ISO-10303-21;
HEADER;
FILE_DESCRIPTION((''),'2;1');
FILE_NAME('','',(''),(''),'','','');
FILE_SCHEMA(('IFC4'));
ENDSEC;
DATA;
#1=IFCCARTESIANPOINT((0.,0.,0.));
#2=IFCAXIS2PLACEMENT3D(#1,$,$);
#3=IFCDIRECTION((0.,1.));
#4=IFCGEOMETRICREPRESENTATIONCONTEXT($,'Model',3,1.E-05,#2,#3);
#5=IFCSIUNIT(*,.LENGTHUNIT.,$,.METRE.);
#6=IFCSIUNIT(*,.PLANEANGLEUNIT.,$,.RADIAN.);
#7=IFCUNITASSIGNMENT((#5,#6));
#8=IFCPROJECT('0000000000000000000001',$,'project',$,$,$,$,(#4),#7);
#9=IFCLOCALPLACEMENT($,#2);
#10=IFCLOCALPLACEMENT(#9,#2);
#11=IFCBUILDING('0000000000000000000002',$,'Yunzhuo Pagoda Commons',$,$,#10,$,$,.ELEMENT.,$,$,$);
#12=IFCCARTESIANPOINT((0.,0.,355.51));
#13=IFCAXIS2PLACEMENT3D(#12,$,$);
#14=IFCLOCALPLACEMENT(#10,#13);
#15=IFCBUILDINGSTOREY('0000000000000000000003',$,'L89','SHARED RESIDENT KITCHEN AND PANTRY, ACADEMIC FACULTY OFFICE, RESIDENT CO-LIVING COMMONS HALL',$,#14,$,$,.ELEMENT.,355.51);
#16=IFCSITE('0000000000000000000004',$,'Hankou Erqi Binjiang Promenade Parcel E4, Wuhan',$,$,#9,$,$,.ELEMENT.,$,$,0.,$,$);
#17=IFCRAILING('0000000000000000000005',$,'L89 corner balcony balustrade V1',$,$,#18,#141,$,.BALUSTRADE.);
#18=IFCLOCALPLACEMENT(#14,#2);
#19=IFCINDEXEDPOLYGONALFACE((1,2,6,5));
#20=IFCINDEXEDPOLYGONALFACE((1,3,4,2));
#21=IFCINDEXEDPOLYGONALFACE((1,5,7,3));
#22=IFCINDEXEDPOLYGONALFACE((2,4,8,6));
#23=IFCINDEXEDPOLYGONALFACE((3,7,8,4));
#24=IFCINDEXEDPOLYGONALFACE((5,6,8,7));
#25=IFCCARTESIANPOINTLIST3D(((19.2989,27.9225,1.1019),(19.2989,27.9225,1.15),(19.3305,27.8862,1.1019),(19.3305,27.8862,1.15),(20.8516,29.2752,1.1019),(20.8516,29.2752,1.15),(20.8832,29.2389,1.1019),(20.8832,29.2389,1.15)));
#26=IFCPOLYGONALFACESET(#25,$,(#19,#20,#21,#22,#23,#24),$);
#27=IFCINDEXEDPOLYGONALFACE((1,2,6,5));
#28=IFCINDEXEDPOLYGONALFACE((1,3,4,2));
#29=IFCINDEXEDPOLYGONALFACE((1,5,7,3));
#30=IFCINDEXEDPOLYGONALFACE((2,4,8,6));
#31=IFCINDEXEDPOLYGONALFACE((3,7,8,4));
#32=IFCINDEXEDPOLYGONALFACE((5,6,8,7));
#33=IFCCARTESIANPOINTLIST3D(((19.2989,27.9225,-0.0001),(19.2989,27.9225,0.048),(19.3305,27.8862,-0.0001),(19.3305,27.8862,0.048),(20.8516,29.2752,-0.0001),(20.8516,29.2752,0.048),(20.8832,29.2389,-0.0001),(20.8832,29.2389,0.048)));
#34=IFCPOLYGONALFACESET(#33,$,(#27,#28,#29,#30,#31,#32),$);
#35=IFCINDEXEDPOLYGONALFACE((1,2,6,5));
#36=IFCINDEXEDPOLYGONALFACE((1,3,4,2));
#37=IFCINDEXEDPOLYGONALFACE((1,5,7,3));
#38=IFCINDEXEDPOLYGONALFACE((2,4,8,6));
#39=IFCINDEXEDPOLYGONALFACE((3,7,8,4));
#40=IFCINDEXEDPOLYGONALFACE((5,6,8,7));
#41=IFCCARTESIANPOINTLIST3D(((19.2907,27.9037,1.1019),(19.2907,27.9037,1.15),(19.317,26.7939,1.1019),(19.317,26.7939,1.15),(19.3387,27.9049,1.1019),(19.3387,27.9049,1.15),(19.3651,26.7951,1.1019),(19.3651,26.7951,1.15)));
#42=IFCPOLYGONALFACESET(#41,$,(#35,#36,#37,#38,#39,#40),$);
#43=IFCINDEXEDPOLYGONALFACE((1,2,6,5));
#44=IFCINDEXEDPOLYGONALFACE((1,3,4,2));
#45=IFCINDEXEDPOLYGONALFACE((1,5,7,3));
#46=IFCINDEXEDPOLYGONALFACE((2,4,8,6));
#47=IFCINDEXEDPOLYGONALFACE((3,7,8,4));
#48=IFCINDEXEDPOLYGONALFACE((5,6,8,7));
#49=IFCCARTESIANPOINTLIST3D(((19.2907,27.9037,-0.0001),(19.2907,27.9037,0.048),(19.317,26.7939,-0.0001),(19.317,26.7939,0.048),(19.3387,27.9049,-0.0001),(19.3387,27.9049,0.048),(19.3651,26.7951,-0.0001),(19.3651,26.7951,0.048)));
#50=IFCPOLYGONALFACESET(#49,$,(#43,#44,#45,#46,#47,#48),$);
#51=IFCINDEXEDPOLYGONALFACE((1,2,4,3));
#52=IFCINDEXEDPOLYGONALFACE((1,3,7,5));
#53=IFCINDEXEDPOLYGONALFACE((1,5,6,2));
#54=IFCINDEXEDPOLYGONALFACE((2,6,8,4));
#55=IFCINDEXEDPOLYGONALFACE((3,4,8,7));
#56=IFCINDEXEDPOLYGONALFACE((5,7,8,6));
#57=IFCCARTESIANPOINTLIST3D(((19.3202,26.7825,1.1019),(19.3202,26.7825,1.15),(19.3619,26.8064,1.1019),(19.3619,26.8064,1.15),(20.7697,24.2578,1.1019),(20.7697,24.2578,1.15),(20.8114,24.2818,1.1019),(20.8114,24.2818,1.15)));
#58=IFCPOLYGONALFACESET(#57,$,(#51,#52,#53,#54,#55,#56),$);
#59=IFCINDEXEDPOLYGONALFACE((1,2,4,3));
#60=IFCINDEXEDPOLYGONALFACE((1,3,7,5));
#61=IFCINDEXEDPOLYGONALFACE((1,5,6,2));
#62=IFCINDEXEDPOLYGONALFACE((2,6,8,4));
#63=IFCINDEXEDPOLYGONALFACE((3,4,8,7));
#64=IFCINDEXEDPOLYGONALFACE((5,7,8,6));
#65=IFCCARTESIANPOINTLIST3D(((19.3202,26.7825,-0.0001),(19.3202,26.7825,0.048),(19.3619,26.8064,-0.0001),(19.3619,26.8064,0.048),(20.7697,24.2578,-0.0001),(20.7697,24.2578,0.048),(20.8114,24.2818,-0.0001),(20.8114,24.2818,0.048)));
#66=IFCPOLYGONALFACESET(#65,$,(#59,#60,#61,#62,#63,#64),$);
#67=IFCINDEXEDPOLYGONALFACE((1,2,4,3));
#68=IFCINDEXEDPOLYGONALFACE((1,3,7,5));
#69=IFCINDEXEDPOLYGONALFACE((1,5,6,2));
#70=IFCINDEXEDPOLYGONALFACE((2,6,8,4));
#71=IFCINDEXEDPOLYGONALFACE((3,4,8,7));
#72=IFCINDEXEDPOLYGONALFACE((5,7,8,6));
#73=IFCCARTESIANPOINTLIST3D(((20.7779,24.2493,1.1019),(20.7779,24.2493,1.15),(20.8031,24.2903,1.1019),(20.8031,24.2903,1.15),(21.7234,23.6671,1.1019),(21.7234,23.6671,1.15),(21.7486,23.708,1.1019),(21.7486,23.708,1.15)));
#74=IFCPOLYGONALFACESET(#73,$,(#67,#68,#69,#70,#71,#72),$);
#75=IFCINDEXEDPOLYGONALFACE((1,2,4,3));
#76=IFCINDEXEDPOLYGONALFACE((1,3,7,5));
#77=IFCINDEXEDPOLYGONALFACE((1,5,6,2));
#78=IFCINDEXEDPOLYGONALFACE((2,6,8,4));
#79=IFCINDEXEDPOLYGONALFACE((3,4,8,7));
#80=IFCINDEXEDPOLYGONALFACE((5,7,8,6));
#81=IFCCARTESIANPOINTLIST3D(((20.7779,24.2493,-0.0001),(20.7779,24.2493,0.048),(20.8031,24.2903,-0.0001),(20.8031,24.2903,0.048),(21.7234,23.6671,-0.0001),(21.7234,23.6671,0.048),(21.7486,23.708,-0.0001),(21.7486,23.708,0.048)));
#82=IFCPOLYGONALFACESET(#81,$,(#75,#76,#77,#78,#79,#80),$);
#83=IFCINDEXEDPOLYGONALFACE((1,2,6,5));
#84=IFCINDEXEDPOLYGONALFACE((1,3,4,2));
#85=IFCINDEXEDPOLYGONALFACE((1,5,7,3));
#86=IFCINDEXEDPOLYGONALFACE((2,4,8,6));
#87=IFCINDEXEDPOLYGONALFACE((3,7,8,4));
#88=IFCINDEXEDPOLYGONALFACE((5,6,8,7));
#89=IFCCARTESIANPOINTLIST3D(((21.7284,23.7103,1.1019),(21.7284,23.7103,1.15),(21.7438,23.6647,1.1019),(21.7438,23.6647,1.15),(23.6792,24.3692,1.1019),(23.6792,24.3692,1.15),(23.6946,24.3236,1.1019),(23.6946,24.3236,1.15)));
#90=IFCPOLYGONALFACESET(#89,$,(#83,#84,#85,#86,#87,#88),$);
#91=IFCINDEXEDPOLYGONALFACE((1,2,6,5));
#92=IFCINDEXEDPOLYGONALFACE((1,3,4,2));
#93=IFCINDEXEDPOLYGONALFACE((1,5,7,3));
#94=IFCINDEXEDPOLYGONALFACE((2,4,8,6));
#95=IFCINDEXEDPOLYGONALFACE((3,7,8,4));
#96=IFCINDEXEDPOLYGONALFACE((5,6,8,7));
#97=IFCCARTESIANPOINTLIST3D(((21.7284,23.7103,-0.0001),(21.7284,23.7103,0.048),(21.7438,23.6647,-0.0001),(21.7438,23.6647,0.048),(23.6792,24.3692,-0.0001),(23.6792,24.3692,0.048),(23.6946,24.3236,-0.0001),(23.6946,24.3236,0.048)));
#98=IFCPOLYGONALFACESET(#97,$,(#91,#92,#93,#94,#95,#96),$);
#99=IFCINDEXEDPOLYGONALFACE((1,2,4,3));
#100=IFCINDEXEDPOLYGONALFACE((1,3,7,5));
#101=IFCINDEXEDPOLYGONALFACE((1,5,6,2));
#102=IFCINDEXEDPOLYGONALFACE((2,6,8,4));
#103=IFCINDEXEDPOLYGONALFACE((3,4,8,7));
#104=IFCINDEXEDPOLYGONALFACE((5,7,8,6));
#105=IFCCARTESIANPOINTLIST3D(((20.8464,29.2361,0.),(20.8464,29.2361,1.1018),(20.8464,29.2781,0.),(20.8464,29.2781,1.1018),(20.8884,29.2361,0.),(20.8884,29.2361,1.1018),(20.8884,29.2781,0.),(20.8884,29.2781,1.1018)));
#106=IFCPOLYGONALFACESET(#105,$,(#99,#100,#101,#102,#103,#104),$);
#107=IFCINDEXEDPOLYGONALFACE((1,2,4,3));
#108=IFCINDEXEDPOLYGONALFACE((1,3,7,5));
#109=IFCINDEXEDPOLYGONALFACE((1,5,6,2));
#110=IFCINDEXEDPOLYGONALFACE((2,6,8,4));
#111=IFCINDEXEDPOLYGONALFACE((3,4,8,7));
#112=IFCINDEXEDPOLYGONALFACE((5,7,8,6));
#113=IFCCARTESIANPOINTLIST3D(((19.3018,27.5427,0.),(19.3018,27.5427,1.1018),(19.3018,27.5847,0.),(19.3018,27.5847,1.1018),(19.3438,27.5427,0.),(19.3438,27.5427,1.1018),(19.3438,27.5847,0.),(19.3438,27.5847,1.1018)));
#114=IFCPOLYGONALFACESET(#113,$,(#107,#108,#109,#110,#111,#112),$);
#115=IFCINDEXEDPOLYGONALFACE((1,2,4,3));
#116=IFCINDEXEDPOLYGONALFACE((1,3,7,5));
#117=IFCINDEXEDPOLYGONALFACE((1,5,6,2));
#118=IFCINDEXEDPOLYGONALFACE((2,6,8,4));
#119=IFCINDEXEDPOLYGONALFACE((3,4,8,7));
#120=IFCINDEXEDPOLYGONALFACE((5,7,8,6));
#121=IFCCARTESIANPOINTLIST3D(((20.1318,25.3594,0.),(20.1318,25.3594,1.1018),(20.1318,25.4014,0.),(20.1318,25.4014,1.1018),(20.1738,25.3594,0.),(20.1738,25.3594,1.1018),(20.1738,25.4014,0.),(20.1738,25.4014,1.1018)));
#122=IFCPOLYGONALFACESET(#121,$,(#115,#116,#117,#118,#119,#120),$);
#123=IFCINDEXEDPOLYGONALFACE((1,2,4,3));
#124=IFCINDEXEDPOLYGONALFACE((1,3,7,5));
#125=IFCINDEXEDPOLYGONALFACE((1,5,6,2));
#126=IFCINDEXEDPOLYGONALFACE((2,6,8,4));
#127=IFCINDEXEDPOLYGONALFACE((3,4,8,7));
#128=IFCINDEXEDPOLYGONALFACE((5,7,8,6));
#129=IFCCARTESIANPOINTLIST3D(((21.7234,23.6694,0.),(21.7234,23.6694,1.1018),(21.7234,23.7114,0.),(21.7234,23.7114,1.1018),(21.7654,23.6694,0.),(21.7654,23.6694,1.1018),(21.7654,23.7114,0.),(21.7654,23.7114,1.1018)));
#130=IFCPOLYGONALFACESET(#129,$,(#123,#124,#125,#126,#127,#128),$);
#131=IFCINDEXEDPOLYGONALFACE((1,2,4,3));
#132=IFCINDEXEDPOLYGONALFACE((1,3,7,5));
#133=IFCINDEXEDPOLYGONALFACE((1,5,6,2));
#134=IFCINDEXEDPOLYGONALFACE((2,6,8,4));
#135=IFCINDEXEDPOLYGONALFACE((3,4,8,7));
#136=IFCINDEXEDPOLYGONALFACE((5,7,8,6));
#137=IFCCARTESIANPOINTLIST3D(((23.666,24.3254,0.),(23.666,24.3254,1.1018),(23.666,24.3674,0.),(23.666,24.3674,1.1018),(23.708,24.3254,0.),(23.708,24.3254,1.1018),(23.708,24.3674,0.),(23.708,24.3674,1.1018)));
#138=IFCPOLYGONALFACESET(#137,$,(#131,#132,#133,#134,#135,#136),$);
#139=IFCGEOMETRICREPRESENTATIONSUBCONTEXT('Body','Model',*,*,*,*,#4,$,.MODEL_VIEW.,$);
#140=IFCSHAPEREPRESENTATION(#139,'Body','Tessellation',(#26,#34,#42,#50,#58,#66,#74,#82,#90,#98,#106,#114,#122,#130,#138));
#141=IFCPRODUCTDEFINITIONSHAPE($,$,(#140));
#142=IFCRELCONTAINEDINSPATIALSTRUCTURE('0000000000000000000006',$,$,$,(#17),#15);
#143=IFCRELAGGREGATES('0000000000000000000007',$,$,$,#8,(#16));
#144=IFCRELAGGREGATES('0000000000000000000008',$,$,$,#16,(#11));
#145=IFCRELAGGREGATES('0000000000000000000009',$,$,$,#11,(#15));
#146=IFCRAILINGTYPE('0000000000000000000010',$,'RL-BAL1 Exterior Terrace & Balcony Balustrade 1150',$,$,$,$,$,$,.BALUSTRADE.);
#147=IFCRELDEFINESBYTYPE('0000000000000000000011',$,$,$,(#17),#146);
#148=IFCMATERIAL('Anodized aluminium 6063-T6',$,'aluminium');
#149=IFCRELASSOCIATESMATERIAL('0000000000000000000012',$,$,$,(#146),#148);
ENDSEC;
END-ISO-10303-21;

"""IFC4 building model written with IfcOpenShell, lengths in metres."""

from ifc_helpers import new_model, si_unit, direction, frame, origin, origin_2d, place, context, subcontext, project, spatial, rectangle, extrude, material, type_object, element, save


model = new_model("IFC4")

# Units and contexts
model_context = context("Model", 3, precision=1e-05, world=origin(), true_north=direction((0.0, 1.0)))
body_context = subcontext(model_context, "Body", "Model", "MODEL_VIEW")
ifc_project = project(units=[si_unit("LENGTHUNIT", "METRE"), si_unit("PLANEANGLEUNIT", "RADIAN")], contexts=[model_context])

# Site, building, storey
site_placement = place(None, origin())
site = spatial("IfcSite", under=ifc_project, at=site_placement, Name="Hankou Erqi Binjiang Promenade Parcel E4, Wuhan", CompositionType="ELEMENT", RefElevation=0.0)
building_placement = place(site_placement, origin())
building = spatial("IfcBuilding", under=site, at=building_placement, Name="Yunzhuo Pagoda Commons", CompositionType="ELEMENT")
storey_placement = place(building_placement, frame((0.0, 0.0, 355.51)))
storey = spatial("IfcBuildingStorey", under=building, at=storey_placement, Name="L89", Description="SHARED RESIDENT KITCHEN AND PANTRY, ACADEMIC FACULTY OFFICE, RESIDENT CO-LIVING COMMONS HALL", CompositionType="ELEMENT", Elevation=355.51)

# Shared definitions
ifc_material_1 = material(Name="Anodized aluminium 6063-T6", Category="aluminium")

# Railing
railing_type = type_object("IfcRailingType", Name="RL-BAL1 Exterior Terrace & Balcony Balustrade 1150", PredefinedType="BALUSTRADE", material=ifc_material_1)
railing_placement = place(storey_placement, frame((20.8674, 29.2571, 0.0)))
element("IfcRailing", 1, at=railing_placement, inside=storey, type_object=railing_type, Name="L89 corner balcony balustrade V1", PredefinedType="BALUSTRADE", context=body_context, shape_type="SweptSolid", body=[
    extrude(rectangle(XDim=0.0481, YDim=0.0481, at=origin_2d()), frame((0.0, 0.0, 1.126), z_axis=(-0.753985, -0.656892, 0.0), x_axis=(0.656892, -0.753985, 0.0)), (0.0, 0.0, 1.0), 2.0593),
    extrude(rectangle(XDim=0.0481, YDim=0.0481, at=origin_2d()), frame((0.0, 0.0, 0.0239), z_axis=(-0.753985, -0.656892, 0.0), x_axis=(0.656892, -0.753985, 0.0)), (0.0, 0.0, 1.0), 2.0593),
    extrude(rectangle(XDim=0.0481, YDim=0.0481, at=origin_2d()), frame((-1.5527, -1.3528, 1.126), z_axis=(0.02375, -0.999718, 0.0), x_axis=(0.999718, 0.02375, 0.0)), (0.0, 0.0, 1.0), 1.1101),
    extrude(rectangle(XDim=0.0481, YDim=0.0481, at=origin_2d()), frame((-1.5527, -1.3528, 0.0239), z_axis=(0.02375, -0.999718, 0.0), x_axis=(0.999718, 0.02375, 0.0)), (0.0, 0.0, 1.0), 1.1101),
    extrude(rectangle(XDim=0.0481, YDim=0.0481, at=origin_2d()), frame((-1.5264, -2.4626, 1.126), z_axis=(0.497899, -0.867235, 0.0), x_axis=(0.867235, 0.497899, 0.0)), (0.0, 0.0, 1.0), 2.9111),
    extrude(rectangle(XDim=0.0481, YDim=0.0481, at=origin_2d()), frame((-1.5264, -2.4626, 0.0239), z_axis=(0.497899, -0.867235, 0.0), x_axis=(0.867235, 0.497899, 0.0)), (0.0, 0.0, 1.0), 2.9111),
    extrude(rectangle(XDim=0.0481, YDim=0.0481, at=origin_2d()), frame((-0.0769, -4.9873, 1.126), z_axis=(0.8515, -0.524355, 0.0), x_axis=(0.524355, 0.8515, 0.0)), (0.0, 0.0, 1.0), 1.1104),
    extrude(rectangle(XDim=0.0481, YDim=0.0481, at=origin_2d()), frame((-0.0769, -4.9873, 0.0239), z_axis=(0.8515, -0.524355, 0.0), x_axis=(0.524355, 0.8515, 0.0)), (0.0, 0.0, 1.0), 1.1104),
    extrude(rectangle(XDim=0.0481, YDim=0.0481, at=origin_2d()), frame((0.8687, -5.5696, 1.126), z_axis=(0.947419, 0.319996, 0.0), x_axis=(-0.319996, 0.947419, 0.0)), (0.0, 0.0, 1.0), 2.0591),
    extrude(rectangle(XDim=0.0481, YDim=0.0481, at=origin_2d()), frame((0.8687, -5.5696, 0.0239), z_axis=(0.947419, 0.319996, 0.0), x_axis=(-0.319996, 0.947419, 0.0)), (0.0, 0.0, 1.0), 2.0591),
    extrude(rectangle(XDim=0.042, YDim=0.042, at=origin_2d()), origin(), (0.0, 0.0, 1.0), 1.1018),
    extrude(rectangle(XDim=0.042, YDim=0.042, at=origin_2d()), frame((-1.5447, -1.6934, 0.0)), (0.0, 0.0, 1.0), 1.1018),
    extrude(rectangle(XDim=0.042, YDim=0.042, at=origin_2d()), frame((-0.7146, -3.8767, 0.0)), (0.0, 0.0, 1.0), 1.1018),
    extrude(rectangle(XDim=0.042, YDim=0.042, at=origin_2d()), frame((0.877, -5.5667, 0.0)), (0.0, 0.0, 1.0), 1.1018),
    extrude(rectangle(XDim=0.042, YDim=0.042, at=origin_2d()), frame((2.8196, -4.9106, 0.0)), (0.0, 0.0, 1.0), 1.1018),
])

save(model, "model.ifc")
